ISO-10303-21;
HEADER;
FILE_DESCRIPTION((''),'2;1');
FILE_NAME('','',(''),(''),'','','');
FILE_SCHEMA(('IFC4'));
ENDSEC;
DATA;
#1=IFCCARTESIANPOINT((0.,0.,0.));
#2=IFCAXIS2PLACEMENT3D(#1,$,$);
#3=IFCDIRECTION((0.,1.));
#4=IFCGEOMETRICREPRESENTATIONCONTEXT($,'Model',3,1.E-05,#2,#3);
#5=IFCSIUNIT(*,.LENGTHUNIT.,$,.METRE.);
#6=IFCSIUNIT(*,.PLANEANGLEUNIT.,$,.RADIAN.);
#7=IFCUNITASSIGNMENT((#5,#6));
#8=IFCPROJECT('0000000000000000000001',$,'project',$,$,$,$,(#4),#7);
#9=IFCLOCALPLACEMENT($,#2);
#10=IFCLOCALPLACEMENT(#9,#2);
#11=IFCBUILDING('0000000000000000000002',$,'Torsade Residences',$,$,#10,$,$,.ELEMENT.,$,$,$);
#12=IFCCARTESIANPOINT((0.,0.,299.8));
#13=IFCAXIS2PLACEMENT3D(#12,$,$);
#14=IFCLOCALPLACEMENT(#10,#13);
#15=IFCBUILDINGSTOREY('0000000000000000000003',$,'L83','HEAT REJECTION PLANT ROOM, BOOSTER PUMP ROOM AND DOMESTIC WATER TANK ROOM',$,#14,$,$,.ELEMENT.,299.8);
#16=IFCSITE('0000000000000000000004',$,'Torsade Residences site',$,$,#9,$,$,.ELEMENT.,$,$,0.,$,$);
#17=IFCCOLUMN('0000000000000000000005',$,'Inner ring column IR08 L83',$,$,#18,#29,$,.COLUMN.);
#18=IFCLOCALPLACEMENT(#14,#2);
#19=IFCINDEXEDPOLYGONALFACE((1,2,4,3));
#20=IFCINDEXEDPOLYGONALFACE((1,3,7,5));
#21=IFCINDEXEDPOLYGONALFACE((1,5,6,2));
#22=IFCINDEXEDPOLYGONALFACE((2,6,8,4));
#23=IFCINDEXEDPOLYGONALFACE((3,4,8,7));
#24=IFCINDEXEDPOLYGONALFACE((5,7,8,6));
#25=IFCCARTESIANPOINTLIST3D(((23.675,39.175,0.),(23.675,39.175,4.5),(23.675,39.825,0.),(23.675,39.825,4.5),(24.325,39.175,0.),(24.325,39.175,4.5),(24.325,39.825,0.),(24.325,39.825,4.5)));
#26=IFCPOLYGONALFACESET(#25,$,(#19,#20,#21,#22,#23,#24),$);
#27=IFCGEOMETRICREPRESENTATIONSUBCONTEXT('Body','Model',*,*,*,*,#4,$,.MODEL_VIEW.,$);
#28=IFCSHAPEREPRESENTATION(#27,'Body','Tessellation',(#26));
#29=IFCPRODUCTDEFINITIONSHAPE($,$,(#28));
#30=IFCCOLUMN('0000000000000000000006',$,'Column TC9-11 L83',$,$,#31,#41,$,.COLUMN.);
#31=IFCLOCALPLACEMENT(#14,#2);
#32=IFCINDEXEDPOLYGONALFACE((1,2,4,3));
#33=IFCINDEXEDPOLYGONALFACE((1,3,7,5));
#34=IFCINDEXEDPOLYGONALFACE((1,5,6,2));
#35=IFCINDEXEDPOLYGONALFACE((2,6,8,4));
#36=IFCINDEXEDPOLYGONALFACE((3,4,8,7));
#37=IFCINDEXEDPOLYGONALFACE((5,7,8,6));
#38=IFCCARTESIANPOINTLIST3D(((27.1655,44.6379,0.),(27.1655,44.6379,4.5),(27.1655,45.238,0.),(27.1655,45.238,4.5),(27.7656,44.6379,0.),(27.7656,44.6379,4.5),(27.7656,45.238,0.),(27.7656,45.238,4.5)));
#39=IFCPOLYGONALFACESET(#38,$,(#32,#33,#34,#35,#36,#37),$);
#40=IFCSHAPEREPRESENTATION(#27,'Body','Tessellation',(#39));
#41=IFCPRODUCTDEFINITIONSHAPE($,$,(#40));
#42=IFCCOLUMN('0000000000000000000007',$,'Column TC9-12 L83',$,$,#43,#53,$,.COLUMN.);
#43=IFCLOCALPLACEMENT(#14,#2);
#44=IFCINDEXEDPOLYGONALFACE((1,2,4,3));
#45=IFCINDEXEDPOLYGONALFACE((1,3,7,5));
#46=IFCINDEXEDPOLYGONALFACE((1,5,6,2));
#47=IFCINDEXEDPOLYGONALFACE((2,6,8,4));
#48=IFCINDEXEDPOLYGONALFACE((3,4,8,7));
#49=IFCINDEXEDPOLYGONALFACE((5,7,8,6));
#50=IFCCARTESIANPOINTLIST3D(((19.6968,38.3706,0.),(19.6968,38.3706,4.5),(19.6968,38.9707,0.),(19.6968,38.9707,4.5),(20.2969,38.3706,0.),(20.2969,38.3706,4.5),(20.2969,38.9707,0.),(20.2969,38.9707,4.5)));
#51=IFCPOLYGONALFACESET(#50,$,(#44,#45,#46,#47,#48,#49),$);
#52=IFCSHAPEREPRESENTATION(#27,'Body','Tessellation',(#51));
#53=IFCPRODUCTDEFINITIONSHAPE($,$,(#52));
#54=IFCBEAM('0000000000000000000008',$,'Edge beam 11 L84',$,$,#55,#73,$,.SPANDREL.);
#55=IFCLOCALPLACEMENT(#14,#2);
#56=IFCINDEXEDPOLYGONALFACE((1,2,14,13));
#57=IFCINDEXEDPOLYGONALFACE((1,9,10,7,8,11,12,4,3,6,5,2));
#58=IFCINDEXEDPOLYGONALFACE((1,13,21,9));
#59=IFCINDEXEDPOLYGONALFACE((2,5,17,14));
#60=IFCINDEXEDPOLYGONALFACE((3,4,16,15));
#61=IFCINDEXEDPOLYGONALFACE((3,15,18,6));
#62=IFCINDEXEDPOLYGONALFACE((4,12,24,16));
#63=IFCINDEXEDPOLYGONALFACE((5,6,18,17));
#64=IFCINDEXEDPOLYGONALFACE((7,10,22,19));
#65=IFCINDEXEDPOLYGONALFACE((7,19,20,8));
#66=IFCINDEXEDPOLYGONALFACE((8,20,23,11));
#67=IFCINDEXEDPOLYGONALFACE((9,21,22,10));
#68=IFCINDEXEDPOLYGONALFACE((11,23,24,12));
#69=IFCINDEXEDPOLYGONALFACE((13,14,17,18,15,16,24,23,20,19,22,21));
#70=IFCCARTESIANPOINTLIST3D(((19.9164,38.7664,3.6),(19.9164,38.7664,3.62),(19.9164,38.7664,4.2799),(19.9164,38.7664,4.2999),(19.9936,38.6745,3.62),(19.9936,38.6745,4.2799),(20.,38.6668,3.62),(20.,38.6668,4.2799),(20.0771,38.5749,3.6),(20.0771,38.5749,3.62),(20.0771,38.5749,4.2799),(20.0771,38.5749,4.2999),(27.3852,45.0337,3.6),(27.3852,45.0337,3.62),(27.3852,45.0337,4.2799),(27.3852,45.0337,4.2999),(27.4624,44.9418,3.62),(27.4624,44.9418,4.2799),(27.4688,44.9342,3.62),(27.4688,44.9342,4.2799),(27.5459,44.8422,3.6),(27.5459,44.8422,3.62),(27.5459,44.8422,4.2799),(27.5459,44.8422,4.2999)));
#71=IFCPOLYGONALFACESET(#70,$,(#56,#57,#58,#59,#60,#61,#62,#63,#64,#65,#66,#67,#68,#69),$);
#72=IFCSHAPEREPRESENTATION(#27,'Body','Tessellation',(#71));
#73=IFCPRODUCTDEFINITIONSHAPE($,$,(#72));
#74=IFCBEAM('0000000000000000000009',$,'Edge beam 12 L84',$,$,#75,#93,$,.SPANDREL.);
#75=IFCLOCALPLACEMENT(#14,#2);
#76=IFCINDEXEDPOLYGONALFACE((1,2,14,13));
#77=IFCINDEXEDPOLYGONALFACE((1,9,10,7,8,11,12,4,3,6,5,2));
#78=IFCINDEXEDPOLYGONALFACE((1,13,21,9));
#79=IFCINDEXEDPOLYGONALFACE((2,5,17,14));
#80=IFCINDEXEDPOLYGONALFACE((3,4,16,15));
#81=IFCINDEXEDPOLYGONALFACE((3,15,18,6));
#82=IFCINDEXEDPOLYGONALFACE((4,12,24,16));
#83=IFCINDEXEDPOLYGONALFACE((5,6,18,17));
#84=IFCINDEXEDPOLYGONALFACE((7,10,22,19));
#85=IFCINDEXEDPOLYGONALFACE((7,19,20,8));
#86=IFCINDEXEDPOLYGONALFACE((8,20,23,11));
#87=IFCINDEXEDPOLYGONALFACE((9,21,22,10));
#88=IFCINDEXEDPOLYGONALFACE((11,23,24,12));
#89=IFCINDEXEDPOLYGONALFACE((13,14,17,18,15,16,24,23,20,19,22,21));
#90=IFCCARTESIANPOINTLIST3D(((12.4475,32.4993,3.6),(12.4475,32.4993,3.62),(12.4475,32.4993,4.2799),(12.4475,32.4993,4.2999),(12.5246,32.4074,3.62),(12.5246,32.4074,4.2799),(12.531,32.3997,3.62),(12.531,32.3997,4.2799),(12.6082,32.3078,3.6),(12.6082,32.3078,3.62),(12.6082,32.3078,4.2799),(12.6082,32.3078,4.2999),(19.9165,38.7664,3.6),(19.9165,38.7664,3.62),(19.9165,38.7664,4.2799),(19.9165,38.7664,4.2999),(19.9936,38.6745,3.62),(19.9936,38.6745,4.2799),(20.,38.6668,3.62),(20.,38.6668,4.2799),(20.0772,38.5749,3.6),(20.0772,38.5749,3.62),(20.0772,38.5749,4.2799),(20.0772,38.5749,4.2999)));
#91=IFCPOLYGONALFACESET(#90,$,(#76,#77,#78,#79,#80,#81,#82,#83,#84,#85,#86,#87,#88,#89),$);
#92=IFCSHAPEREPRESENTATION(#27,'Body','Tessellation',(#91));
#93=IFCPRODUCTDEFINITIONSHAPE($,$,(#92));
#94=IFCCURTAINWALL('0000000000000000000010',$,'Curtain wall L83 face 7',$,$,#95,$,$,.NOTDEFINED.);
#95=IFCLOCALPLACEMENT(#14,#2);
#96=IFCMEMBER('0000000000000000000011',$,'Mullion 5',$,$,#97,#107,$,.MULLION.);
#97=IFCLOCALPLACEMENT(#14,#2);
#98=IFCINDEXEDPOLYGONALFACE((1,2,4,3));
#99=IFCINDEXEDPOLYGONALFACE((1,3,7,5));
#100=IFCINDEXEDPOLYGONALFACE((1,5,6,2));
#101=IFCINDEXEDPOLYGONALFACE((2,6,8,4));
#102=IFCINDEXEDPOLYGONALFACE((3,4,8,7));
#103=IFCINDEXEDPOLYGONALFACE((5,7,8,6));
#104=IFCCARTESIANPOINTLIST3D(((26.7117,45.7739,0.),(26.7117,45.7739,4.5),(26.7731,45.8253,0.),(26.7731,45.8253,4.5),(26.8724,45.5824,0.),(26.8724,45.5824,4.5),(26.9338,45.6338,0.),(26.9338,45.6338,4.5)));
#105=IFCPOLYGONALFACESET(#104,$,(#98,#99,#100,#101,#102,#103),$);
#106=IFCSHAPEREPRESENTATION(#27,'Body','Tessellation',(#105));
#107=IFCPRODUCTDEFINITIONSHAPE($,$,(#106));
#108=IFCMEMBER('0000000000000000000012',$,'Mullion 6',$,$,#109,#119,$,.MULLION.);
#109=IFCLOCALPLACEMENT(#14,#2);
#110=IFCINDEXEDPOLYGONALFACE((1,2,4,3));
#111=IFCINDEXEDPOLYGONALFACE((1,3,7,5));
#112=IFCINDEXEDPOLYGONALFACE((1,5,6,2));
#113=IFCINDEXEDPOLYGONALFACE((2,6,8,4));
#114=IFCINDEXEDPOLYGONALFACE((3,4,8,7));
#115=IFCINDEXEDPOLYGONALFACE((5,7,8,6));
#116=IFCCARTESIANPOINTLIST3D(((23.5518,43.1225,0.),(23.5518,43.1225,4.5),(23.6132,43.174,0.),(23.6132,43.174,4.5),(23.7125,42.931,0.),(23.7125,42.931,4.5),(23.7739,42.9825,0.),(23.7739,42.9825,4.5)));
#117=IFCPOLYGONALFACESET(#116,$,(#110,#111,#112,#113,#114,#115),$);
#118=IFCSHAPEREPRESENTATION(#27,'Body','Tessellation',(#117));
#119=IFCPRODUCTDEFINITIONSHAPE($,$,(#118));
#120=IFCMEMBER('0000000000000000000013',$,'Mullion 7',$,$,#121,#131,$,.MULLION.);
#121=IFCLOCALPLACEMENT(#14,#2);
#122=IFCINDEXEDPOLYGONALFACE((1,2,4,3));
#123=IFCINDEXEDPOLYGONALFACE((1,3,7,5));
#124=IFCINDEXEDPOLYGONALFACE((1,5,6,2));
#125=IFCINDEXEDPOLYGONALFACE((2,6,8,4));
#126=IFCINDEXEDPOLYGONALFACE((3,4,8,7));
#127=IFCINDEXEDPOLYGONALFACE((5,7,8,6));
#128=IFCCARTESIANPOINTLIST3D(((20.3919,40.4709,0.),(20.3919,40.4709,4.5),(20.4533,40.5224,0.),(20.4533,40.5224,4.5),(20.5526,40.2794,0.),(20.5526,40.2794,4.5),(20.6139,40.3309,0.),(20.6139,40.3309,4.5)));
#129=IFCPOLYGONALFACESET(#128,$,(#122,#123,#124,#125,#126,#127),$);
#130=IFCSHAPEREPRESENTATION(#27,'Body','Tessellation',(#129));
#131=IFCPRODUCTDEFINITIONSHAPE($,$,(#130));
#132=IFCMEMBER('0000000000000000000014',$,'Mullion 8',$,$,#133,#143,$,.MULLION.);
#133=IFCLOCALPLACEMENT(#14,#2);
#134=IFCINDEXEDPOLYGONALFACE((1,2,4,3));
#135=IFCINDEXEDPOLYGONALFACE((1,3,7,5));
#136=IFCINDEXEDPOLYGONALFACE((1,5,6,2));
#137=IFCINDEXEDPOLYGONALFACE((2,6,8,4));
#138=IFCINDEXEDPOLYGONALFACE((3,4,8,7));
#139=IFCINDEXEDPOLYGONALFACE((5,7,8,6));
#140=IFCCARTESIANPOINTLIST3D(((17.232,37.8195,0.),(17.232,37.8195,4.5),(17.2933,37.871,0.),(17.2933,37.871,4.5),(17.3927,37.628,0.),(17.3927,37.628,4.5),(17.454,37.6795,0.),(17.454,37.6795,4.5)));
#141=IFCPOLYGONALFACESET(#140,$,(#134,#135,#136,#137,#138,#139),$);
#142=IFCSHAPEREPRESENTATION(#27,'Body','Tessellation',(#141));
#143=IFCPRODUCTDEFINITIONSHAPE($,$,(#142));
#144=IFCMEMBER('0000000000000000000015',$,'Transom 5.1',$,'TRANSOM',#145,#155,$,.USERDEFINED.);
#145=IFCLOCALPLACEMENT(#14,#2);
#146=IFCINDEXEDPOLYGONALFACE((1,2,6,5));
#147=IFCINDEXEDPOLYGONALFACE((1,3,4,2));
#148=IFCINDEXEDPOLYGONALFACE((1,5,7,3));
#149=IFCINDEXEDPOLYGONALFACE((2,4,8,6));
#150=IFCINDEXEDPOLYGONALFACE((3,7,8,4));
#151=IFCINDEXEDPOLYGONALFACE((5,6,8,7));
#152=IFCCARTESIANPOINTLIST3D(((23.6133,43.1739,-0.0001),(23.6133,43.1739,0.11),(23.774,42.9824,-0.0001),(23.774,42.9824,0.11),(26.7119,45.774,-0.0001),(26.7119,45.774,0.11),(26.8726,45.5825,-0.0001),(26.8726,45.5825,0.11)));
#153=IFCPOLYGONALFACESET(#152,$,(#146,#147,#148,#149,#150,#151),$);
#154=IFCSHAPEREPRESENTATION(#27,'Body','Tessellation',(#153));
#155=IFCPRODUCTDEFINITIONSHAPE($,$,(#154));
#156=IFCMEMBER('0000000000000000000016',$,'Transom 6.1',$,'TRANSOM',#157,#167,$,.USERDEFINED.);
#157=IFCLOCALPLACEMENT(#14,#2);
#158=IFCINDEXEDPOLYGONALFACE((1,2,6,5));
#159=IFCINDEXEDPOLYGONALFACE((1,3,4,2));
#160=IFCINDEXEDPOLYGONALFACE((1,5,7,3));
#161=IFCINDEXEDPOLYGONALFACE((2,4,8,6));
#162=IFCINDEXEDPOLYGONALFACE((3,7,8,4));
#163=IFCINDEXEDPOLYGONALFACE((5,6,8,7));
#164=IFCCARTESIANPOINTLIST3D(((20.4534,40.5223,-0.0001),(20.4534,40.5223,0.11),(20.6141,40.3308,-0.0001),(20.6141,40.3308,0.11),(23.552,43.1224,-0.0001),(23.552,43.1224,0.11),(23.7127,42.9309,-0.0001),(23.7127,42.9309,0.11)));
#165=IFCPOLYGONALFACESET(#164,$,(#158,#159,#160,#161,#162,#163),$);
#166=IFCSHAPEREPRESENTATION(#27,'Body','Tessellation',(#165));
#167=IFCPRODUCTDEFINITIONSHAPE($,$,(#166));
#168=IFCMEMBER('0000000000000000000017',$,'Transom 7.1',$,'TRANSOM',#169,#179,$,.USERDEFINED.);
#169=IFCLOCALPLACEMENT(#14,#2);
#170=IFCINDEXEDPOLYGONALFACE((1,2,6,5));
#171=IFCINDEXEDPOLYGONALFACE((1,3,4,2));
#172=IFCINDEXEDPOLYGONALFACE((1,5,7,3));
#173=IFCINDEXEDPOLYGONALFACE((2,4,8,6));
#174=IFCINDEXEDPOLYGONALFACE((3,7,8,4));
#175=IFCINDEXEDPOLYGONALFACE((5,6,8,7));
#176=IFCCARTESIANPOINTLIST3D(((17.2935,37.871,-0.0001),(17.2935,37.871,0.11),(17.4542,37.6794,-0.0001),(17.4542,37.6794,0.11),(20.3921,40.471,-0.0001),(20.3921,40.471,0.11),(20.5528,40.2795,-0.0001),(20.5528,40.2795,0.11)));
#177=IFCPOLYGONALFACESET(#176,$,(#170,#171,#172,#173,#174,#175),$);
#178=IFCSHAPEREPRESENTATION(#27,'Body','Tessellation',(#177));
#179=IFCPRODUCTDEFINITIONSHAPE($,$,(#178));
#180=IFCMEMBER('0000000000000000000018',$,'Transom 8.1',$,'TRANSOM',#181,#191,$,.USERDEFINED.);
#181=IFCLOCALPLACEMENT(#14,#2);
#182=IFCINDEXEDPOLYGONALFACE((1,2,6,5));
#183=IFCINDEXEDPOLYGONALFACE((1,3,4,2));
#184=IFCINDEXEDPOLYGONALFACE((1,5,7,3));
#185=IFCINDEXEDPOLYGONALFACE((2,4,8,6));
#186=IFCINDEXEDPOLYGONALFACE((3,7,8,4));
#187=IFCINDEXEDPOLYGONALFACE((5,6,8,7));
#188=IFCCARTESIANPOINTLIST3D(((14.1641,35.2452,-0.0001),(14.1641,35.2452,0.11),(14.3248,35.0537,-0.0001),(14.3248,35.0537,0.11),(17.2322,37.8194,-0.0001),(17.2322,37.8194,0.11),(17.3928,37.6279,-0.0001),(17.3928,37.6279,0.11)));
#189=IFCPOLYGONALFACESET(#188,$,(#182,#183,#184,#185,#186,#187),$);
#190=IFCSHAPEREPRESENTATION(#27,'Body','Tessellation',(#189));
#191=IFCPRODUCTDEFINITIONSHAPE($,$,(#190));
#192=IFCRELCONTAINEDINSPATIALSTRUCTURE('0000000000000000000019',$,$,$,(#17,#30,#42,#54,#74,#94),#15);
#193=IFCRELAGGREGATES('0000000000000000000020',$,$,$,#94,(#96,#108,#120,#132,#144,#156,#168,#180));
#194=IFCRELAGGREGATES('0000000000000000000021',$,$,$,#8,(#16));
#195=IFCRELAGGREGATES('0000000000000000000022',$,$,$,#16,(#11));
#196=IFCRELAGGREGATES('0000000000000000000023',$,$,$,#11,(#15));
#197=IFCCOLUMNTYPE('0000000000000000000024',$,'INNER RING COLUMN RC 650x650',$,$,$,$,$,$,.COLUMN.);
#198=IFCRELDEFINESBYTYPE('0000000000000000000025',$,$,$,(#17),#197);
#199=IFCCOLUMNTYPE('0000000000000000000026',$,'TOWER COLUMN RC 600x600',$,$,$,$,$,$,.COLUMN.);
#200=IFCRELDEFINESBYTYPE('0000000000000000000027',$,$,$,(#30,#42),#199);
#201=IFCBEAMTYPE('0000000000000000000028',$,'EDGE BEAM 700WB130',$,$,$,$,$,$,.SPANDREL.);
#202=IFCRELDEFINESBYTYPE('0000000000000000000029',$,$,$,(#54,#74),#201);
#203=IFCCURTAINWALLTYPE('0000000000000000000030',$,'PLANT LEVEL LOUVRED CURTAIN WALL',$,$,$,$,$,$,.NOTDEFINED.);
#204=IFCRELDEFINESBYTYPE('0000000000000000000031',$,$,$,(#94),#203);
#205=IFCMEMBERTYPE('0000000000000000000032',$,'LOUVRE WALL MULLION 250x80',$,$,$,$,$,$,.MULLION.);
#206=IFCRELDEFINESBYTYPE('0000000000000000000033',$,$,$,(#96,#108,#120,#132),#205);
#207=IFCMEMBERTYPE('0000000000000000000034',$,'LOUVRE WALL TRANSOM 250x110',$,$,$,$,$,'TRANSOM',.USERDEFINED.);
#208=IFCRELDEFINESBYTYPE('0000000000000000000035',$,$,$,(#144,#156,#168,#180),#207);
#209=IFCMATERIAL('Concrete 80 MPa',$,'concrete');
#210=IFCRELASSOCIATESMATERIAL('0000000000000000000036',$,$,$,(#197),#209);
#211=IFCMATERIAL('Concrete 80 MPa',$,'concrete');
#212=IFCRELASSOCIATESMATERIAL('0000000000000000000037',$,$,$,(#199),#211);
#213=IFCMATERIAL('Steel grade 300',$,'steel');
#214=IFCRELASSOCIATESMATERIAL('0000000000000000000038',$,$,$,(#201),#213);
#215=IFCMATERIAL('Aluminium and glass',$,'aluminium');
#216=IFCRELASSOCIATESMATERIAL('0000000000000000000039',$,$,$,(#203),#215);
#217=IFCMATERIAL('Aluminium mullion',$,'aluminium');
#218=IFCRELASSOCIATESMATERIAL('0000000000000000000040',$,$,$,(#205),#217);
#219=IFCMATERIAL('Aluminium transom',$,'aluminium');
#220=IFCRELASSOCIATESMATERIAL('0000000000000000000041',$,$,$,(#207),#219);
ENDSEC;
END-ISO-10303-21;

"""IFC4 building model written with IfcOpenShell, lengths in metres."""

from ifc_helpers import new_model, si_unit, direction, frame, origin, origin_2d, place, context, subcontext, project, spatial, rectangle, i_section, extrude, material, material_profile, profile_set, type_object, element, aggregate, save


model = new_model("IFC4")

# Units and contexts
model_context = context("Model", 3, precision=1e-05, world=origin(), true_north=direction((0.0, 1.0)))
body_context = subcontext(model_context, "Body", "Model", "MODEL_VIEW")
ifc_project = project(units=[si_unit("LENGTHUNIT", "METRE"), si_unit("PLANEANGLEUNIT", "RADIAN")], contexts=[model_context])

# Site, building, storey
site_placement = place(None, origin())
site = spatial("IfcSite", under=ifc_project, at=site_placement, Name="Torsade Residences site", CompositionType="ELEMENT", RefElevation=0.0)
building_placement = place(site_placement, origin())
building = spatial("IfcBuilding", under=site, at=building_placement, Name="Torsade Residences", CompositionType="ELEMENT")
storey_placement = place(building_placement, frame((0.0, 0.0, 299.8)))
storey = spatial("IfcBuildingStorey", under=building, at=storey_placement, Name="L83", Description="HEAT REJECTION PLANT ROOM, BOOSTER PUMP ROOM AND DOMESTIC WATER TANK ROOM", CompositionType="ELEMENT", Elevation=299.8)

# Columns
ifc_material_1 = material(Name="Concrete 80 MPa", Category="concrete")
ifc_material_profile_1 = material_profile(ifc_material_1, rectangle(XDim=0.6499, YDim=0.6499, at=origin_2d()), Name="RC 650x650")
ifc_profile_set_1 = profile_set([ifc_material_profile_1], Name="Concrete 80 MPa")
column_type_1 = type_object("IfcColumnType", Name="INNER RING COLUMN RC 650x650", PredefinedType="COLUMN", material=ifc_profile_set_1)
column_placement = place(storey_placement, frame((24.0, 39.5, 0.0), z_axis=(0.0, 0.0, 1.0), x_axis=(1.0, 0.0, 0.0)))
element("IfcColumn", 1, at=column_placement, inside=storey, type_object=column_type_1, Name="Inner ring column IR08 L83", PredefinedType="COLUMN", context=body_context, shape_type="SweptSolid", body=[
    extrude(rectangle(XDim=0.6499, YDim=0.6499, at=origin_2d()), origin(), (0.0, 0.0, 1.0), 4.5),
])
ifc_material_2 = material(Name="Concrete 80 MPa", Category="concrete")
ifc_material_profile_2 = material_profile(ifc_material_2, rectangle(XDim=0.6001, YDim=0.6001, at=origin_2d()), Name="RC 600x600")
ifc_profile_set_2 = profile_set([ifc_material_profile_2], Name="Concrete 80 MPa")
column_type_2 = type_object("IfcColumnType", Name="TOWER COLUMN RC 600x600", PredefinedType="COLUMN", material=ifc_profile_set_2)
for number, where, z_axis, x_axis, name in (
    (2, (27.4656, 44.938, 0.0), (0.0, 0.0, 1.0), (1.0, 0.0, 0.0), "Column TC9-11 L83"),
    (3, (19.9968, 38.6707, 0.0), (0.0, 0.0, 1.0), (1.0, 0.0, 0.0), "Column TC9-12 L83"),
):
    element("IfcColumn", number, at=place(storey_placement, frame(where, z_axis=z_axis, x_axis=x_axis)), inside=storey, type_object=column_type_2, Name=name, PredefinedType="COLUMN", context=body_context, shape_type="SweptSolid", body=[
        extrude(rectangle(XDim=0.6001, YDim=0.6001, at=origin_2d()), origin(), (0.0, 0.0, 1.0), 4.5),
    ])

# Beams
ifc_material_3 = material(Name="Steel grade 300", Category="steel")
ifc_material_profile_3 = material_profile(ifc_material_3, i_section(OverallWidth=0.25, OverallDepth=0.7, WebThickness=0.01, FlangeThickness=0.02, at=origin_2d()), Name="700WB130")
ifc_profile_set_3 = profile_set([ifc_material_profile_3], Name="Steel grade 300")
beam_type_1 = type_object("IfcBeamType", Name="EDGE BEAM 700WB130", PredefinedType="SPANDREL", material=ifc_profile_set_3)
for number, where, z_axis, x_axis, name in (
    (4, (27.4656, 44.938, 3.95), (-0.766029, -0.642806, 0.0), (0.642806, -0.766029, 0.0), "Edge beam 11 L84"),
    (5, (19.9968, 38.6707, 3.95), (-0.766052, -0.642779, 0.0), (0.642779, -0.766052, 0.0), "Edge beam 12 L84"),
):
    element("IfcBeam", number, at=place(storey_placement, frame(where, z_axis=z_axis, x_axis=x_axis)), inside=storey, type_object=beam_type_1, Name=name, PredefinedType="SPANDREL", context=body_context, shape_type="SweptSolid", body=[
        extrude(i_section(OverallWidth=0.25, OverallDepth=0.7, WebThickness=0.01, FlangeThickness=0.02, at=origin_2d()), origin(), (0.0, 0.0, 1.0), 9.75),
    ])

# Curtain wall, members
ifc_material_4 = material(Name="Aluminium and glass", Category="aluminium")
curtain_wall_type = type_object("IfcCurtainWallType", Name="PLANT LEVEL LOUVRED CURTAIN WALL", PredefinedType="NOTDEFINED", material=ifc_material_4)
curtain_wall_placement = place(storey_placement, origin())
curtain_wall = element("IfcCurtainWall", 6, at=curtain_wall_placement, inside=storey, type_object=curtain_wall_type, Name="Curtain wall L83 face 7", PredefinedType="NOTDEFINED")
ifc_material_5 = material(Name="Aluminium mullion", Category="aluminium")
ifc_material_profile_4 = material_profile(ifc_material_5, rectangle(XDim=0.25, YDim=0.0801, at=origin_2d()), Name="LOUVRE WALL MULLION 250x80")
ifc_profile_set_4 = profile_set([ifc_material_profile_4], Name="Aluminium mullion")
member_type_1 = type_object("IfcMemberType", Name="LOUVRE WALL MULLION 250x80", PredefinedType="MULLION", material=ifc_profile_set_4)
member_1_placement = place(storey_placement, frame((26.8228, 45.7039, 0.0), z_axis=(0.0, 0.0, 1.0), x_axis=(0.642788, -0.766044, 0.0)))
member_1 = element("IfcMember", 7, at=member_1_placement, type_object=member_type_1, Name="Mullion 5", PredefinedType="MULLION", context=body_context, shape_type="SweptSolid", body=[
    extrude(rectangle(XDim=0.25, YDim=0.0801, at=origin_2d()), origin(), (0.0, 0.0, 1.0), 4.5),
])
member_2_placement = place(storey_placement, frame((23.6628, 43.0525, 0.0), z_axis=(0.0, 0.0, 1.0), x_axis=(0.642788, -0.766044, 0.0)))
member_2 = element("IfcMember", 8, at=member_2_placement, type_object=member_type_1, Name="Mullion 6", PredefinedType="MULLION", context=body_context, shape_type="SweptSolid", body=[
    extrude(rectangle(XDim=0.25, YDim=0.0801, at=origin_2d()), origin(), (0.0, 0.0, 1.0), 4.5),
])
member_3_placement = place(storey_placement, frame((20.5029, 40.4009, 0.0), z_axis=(0.0, 0.0, 1.0), x_axis=(0.642788, -0.766044, 0.0)))
member_3 = element("IfcMember", 9, at=member_3_placement, type_object=member_type_1, Name="Mullion 7", PredefinedType="MULLION", context=body_context, shape_type="SweptSolid", body=[
    extrude(rectangle(XDim=0.25, YDim=0.0801, at=origin_2d()), origin(), (0.0, 0.0, 1.0), 4.5),
])
member_4_placement = place(storey_placement, frame((17.343, 37.7495, 0.0), z_axis=(0.0, 0.0, 1.0), x_axis=(0.642788, -0.766044, 0.0)))
member_4 = element("IfcMember", 10, at=member_4_placement, type_object=member_type_1, Name="Mullion 8", PredefinedType="MULLION", context=body_context, shape_type="SweptSolid", body=[
    extrude(rectangle(XDim=0.25, YDim=0.0801, at=origin_2d()), origin(), (0.0, 0.0, 1.0), 4.5),
])
ifc_material_6 = material(Name="Aluminium transom", Category="aluminium")
ifc_material_profile_5 = material_profile(ifc_material_6, rectangle(XDim=0.25, YDim=0.1101, at=origin_2d()), Name="LOUVRE WALL TRANSOM 250x110")
ifc_profile_set_5 = profile_set([ifc_material_profile_5], Name="Aluminium transom")
member_type_2 = type_object("IfcMemberType", Name="LOUVRE WALL TRANSOM 250x110", ElementType="TRANSOM", PredefinedType="USERDEFINED", material=ifc_profile_set_5)
member_5_placement = place(storey_placement, frame((26.7922, 45.6782, 0.0549), z_axis=(-0.76604, -0.642793, 0.0), x_axis=(0.642793, -0.76604, 0.0)))
member_5 = element("IfcMember", 11, at=member_5_placement, type_object=member_type_2, Name="Transom 5.1", ObjectType="TRANSOM", PredefinedType="USERDEFINED", context=body_context, shape_type="SweptSolid", body=[
    extrude(rectangle(XDim=0.25, YDim=0.1101, at=origin_2d()), origin(), (0.0, 0.0, 1.0), 4.0449),
])
member_6_placement = place(storey_placement, frame((23.6323, 43.0266, 0.0549), z_axis=(-0.76604, -0.642793, 0.0), x_axis=(0.642793, -0.76604, 0.0)))
member_6 = element("IfcMember", 12, at=member_6_placement, type_object=member_type_2, Name="Transom 6.1", ObjectType="TRANSOM", PredefinedType="USERDEFINED", context=body_context, shape_type="SweptSolid", body=[
    extrude(rectangle(XDim=0.25, YDim=0.1101, at=origin_2d()), origin(), (0.0, 0.0, 1.0), 4.0449),
])
member_7_placement = place(storey_placement, frame((20.4724, 40.3752, 0.0549), z_axis=(-0.76604, -0.642793, 0.0), x_axis=(0.642793, -0.76604, 0.0)))
member_7 = element("IfcMember", 13, at=member_7_placement, type_object=member_type_2, Name="Transom 7.1", ObjectType="TRANSOM", PredefinedType="USERDEFINED", context=body_context, shape_type="SweptSolid", body=[
    extrude(rectangle(XDim=0.25, YDim=0.1101, at=origin_2d()), origin(), (0.0, 0.0, 1.0), 4.0449),
])
member_8_placement = place(storey_placement, frame((17.3125, 37.7236, 0.0549), z_axis=(-0.766073, -0.642753, 0.0), x_axis=(0.642753, -0.766073, 0.0)))
member_8 = element("IfcMember", 14, at=member_8_placement, type_object=member_type_2, Name="Transom 8.1", ObjectType="TRANSOM", PredefinedType="USERDEFINED", context=body_context, shape_type="SweptSolid", body=[
    extrude(rectangle(XDim=0.25, YDim=0.1101, at=origin_2d()), origin(), (0.0, 0.0, 1.0), 4.0049),
])

aggregate(curtain_wall, [member_1, member_2, member_3, member_4, member_5, member_6, member_7, member_8])

save(model, "model.ifc")
